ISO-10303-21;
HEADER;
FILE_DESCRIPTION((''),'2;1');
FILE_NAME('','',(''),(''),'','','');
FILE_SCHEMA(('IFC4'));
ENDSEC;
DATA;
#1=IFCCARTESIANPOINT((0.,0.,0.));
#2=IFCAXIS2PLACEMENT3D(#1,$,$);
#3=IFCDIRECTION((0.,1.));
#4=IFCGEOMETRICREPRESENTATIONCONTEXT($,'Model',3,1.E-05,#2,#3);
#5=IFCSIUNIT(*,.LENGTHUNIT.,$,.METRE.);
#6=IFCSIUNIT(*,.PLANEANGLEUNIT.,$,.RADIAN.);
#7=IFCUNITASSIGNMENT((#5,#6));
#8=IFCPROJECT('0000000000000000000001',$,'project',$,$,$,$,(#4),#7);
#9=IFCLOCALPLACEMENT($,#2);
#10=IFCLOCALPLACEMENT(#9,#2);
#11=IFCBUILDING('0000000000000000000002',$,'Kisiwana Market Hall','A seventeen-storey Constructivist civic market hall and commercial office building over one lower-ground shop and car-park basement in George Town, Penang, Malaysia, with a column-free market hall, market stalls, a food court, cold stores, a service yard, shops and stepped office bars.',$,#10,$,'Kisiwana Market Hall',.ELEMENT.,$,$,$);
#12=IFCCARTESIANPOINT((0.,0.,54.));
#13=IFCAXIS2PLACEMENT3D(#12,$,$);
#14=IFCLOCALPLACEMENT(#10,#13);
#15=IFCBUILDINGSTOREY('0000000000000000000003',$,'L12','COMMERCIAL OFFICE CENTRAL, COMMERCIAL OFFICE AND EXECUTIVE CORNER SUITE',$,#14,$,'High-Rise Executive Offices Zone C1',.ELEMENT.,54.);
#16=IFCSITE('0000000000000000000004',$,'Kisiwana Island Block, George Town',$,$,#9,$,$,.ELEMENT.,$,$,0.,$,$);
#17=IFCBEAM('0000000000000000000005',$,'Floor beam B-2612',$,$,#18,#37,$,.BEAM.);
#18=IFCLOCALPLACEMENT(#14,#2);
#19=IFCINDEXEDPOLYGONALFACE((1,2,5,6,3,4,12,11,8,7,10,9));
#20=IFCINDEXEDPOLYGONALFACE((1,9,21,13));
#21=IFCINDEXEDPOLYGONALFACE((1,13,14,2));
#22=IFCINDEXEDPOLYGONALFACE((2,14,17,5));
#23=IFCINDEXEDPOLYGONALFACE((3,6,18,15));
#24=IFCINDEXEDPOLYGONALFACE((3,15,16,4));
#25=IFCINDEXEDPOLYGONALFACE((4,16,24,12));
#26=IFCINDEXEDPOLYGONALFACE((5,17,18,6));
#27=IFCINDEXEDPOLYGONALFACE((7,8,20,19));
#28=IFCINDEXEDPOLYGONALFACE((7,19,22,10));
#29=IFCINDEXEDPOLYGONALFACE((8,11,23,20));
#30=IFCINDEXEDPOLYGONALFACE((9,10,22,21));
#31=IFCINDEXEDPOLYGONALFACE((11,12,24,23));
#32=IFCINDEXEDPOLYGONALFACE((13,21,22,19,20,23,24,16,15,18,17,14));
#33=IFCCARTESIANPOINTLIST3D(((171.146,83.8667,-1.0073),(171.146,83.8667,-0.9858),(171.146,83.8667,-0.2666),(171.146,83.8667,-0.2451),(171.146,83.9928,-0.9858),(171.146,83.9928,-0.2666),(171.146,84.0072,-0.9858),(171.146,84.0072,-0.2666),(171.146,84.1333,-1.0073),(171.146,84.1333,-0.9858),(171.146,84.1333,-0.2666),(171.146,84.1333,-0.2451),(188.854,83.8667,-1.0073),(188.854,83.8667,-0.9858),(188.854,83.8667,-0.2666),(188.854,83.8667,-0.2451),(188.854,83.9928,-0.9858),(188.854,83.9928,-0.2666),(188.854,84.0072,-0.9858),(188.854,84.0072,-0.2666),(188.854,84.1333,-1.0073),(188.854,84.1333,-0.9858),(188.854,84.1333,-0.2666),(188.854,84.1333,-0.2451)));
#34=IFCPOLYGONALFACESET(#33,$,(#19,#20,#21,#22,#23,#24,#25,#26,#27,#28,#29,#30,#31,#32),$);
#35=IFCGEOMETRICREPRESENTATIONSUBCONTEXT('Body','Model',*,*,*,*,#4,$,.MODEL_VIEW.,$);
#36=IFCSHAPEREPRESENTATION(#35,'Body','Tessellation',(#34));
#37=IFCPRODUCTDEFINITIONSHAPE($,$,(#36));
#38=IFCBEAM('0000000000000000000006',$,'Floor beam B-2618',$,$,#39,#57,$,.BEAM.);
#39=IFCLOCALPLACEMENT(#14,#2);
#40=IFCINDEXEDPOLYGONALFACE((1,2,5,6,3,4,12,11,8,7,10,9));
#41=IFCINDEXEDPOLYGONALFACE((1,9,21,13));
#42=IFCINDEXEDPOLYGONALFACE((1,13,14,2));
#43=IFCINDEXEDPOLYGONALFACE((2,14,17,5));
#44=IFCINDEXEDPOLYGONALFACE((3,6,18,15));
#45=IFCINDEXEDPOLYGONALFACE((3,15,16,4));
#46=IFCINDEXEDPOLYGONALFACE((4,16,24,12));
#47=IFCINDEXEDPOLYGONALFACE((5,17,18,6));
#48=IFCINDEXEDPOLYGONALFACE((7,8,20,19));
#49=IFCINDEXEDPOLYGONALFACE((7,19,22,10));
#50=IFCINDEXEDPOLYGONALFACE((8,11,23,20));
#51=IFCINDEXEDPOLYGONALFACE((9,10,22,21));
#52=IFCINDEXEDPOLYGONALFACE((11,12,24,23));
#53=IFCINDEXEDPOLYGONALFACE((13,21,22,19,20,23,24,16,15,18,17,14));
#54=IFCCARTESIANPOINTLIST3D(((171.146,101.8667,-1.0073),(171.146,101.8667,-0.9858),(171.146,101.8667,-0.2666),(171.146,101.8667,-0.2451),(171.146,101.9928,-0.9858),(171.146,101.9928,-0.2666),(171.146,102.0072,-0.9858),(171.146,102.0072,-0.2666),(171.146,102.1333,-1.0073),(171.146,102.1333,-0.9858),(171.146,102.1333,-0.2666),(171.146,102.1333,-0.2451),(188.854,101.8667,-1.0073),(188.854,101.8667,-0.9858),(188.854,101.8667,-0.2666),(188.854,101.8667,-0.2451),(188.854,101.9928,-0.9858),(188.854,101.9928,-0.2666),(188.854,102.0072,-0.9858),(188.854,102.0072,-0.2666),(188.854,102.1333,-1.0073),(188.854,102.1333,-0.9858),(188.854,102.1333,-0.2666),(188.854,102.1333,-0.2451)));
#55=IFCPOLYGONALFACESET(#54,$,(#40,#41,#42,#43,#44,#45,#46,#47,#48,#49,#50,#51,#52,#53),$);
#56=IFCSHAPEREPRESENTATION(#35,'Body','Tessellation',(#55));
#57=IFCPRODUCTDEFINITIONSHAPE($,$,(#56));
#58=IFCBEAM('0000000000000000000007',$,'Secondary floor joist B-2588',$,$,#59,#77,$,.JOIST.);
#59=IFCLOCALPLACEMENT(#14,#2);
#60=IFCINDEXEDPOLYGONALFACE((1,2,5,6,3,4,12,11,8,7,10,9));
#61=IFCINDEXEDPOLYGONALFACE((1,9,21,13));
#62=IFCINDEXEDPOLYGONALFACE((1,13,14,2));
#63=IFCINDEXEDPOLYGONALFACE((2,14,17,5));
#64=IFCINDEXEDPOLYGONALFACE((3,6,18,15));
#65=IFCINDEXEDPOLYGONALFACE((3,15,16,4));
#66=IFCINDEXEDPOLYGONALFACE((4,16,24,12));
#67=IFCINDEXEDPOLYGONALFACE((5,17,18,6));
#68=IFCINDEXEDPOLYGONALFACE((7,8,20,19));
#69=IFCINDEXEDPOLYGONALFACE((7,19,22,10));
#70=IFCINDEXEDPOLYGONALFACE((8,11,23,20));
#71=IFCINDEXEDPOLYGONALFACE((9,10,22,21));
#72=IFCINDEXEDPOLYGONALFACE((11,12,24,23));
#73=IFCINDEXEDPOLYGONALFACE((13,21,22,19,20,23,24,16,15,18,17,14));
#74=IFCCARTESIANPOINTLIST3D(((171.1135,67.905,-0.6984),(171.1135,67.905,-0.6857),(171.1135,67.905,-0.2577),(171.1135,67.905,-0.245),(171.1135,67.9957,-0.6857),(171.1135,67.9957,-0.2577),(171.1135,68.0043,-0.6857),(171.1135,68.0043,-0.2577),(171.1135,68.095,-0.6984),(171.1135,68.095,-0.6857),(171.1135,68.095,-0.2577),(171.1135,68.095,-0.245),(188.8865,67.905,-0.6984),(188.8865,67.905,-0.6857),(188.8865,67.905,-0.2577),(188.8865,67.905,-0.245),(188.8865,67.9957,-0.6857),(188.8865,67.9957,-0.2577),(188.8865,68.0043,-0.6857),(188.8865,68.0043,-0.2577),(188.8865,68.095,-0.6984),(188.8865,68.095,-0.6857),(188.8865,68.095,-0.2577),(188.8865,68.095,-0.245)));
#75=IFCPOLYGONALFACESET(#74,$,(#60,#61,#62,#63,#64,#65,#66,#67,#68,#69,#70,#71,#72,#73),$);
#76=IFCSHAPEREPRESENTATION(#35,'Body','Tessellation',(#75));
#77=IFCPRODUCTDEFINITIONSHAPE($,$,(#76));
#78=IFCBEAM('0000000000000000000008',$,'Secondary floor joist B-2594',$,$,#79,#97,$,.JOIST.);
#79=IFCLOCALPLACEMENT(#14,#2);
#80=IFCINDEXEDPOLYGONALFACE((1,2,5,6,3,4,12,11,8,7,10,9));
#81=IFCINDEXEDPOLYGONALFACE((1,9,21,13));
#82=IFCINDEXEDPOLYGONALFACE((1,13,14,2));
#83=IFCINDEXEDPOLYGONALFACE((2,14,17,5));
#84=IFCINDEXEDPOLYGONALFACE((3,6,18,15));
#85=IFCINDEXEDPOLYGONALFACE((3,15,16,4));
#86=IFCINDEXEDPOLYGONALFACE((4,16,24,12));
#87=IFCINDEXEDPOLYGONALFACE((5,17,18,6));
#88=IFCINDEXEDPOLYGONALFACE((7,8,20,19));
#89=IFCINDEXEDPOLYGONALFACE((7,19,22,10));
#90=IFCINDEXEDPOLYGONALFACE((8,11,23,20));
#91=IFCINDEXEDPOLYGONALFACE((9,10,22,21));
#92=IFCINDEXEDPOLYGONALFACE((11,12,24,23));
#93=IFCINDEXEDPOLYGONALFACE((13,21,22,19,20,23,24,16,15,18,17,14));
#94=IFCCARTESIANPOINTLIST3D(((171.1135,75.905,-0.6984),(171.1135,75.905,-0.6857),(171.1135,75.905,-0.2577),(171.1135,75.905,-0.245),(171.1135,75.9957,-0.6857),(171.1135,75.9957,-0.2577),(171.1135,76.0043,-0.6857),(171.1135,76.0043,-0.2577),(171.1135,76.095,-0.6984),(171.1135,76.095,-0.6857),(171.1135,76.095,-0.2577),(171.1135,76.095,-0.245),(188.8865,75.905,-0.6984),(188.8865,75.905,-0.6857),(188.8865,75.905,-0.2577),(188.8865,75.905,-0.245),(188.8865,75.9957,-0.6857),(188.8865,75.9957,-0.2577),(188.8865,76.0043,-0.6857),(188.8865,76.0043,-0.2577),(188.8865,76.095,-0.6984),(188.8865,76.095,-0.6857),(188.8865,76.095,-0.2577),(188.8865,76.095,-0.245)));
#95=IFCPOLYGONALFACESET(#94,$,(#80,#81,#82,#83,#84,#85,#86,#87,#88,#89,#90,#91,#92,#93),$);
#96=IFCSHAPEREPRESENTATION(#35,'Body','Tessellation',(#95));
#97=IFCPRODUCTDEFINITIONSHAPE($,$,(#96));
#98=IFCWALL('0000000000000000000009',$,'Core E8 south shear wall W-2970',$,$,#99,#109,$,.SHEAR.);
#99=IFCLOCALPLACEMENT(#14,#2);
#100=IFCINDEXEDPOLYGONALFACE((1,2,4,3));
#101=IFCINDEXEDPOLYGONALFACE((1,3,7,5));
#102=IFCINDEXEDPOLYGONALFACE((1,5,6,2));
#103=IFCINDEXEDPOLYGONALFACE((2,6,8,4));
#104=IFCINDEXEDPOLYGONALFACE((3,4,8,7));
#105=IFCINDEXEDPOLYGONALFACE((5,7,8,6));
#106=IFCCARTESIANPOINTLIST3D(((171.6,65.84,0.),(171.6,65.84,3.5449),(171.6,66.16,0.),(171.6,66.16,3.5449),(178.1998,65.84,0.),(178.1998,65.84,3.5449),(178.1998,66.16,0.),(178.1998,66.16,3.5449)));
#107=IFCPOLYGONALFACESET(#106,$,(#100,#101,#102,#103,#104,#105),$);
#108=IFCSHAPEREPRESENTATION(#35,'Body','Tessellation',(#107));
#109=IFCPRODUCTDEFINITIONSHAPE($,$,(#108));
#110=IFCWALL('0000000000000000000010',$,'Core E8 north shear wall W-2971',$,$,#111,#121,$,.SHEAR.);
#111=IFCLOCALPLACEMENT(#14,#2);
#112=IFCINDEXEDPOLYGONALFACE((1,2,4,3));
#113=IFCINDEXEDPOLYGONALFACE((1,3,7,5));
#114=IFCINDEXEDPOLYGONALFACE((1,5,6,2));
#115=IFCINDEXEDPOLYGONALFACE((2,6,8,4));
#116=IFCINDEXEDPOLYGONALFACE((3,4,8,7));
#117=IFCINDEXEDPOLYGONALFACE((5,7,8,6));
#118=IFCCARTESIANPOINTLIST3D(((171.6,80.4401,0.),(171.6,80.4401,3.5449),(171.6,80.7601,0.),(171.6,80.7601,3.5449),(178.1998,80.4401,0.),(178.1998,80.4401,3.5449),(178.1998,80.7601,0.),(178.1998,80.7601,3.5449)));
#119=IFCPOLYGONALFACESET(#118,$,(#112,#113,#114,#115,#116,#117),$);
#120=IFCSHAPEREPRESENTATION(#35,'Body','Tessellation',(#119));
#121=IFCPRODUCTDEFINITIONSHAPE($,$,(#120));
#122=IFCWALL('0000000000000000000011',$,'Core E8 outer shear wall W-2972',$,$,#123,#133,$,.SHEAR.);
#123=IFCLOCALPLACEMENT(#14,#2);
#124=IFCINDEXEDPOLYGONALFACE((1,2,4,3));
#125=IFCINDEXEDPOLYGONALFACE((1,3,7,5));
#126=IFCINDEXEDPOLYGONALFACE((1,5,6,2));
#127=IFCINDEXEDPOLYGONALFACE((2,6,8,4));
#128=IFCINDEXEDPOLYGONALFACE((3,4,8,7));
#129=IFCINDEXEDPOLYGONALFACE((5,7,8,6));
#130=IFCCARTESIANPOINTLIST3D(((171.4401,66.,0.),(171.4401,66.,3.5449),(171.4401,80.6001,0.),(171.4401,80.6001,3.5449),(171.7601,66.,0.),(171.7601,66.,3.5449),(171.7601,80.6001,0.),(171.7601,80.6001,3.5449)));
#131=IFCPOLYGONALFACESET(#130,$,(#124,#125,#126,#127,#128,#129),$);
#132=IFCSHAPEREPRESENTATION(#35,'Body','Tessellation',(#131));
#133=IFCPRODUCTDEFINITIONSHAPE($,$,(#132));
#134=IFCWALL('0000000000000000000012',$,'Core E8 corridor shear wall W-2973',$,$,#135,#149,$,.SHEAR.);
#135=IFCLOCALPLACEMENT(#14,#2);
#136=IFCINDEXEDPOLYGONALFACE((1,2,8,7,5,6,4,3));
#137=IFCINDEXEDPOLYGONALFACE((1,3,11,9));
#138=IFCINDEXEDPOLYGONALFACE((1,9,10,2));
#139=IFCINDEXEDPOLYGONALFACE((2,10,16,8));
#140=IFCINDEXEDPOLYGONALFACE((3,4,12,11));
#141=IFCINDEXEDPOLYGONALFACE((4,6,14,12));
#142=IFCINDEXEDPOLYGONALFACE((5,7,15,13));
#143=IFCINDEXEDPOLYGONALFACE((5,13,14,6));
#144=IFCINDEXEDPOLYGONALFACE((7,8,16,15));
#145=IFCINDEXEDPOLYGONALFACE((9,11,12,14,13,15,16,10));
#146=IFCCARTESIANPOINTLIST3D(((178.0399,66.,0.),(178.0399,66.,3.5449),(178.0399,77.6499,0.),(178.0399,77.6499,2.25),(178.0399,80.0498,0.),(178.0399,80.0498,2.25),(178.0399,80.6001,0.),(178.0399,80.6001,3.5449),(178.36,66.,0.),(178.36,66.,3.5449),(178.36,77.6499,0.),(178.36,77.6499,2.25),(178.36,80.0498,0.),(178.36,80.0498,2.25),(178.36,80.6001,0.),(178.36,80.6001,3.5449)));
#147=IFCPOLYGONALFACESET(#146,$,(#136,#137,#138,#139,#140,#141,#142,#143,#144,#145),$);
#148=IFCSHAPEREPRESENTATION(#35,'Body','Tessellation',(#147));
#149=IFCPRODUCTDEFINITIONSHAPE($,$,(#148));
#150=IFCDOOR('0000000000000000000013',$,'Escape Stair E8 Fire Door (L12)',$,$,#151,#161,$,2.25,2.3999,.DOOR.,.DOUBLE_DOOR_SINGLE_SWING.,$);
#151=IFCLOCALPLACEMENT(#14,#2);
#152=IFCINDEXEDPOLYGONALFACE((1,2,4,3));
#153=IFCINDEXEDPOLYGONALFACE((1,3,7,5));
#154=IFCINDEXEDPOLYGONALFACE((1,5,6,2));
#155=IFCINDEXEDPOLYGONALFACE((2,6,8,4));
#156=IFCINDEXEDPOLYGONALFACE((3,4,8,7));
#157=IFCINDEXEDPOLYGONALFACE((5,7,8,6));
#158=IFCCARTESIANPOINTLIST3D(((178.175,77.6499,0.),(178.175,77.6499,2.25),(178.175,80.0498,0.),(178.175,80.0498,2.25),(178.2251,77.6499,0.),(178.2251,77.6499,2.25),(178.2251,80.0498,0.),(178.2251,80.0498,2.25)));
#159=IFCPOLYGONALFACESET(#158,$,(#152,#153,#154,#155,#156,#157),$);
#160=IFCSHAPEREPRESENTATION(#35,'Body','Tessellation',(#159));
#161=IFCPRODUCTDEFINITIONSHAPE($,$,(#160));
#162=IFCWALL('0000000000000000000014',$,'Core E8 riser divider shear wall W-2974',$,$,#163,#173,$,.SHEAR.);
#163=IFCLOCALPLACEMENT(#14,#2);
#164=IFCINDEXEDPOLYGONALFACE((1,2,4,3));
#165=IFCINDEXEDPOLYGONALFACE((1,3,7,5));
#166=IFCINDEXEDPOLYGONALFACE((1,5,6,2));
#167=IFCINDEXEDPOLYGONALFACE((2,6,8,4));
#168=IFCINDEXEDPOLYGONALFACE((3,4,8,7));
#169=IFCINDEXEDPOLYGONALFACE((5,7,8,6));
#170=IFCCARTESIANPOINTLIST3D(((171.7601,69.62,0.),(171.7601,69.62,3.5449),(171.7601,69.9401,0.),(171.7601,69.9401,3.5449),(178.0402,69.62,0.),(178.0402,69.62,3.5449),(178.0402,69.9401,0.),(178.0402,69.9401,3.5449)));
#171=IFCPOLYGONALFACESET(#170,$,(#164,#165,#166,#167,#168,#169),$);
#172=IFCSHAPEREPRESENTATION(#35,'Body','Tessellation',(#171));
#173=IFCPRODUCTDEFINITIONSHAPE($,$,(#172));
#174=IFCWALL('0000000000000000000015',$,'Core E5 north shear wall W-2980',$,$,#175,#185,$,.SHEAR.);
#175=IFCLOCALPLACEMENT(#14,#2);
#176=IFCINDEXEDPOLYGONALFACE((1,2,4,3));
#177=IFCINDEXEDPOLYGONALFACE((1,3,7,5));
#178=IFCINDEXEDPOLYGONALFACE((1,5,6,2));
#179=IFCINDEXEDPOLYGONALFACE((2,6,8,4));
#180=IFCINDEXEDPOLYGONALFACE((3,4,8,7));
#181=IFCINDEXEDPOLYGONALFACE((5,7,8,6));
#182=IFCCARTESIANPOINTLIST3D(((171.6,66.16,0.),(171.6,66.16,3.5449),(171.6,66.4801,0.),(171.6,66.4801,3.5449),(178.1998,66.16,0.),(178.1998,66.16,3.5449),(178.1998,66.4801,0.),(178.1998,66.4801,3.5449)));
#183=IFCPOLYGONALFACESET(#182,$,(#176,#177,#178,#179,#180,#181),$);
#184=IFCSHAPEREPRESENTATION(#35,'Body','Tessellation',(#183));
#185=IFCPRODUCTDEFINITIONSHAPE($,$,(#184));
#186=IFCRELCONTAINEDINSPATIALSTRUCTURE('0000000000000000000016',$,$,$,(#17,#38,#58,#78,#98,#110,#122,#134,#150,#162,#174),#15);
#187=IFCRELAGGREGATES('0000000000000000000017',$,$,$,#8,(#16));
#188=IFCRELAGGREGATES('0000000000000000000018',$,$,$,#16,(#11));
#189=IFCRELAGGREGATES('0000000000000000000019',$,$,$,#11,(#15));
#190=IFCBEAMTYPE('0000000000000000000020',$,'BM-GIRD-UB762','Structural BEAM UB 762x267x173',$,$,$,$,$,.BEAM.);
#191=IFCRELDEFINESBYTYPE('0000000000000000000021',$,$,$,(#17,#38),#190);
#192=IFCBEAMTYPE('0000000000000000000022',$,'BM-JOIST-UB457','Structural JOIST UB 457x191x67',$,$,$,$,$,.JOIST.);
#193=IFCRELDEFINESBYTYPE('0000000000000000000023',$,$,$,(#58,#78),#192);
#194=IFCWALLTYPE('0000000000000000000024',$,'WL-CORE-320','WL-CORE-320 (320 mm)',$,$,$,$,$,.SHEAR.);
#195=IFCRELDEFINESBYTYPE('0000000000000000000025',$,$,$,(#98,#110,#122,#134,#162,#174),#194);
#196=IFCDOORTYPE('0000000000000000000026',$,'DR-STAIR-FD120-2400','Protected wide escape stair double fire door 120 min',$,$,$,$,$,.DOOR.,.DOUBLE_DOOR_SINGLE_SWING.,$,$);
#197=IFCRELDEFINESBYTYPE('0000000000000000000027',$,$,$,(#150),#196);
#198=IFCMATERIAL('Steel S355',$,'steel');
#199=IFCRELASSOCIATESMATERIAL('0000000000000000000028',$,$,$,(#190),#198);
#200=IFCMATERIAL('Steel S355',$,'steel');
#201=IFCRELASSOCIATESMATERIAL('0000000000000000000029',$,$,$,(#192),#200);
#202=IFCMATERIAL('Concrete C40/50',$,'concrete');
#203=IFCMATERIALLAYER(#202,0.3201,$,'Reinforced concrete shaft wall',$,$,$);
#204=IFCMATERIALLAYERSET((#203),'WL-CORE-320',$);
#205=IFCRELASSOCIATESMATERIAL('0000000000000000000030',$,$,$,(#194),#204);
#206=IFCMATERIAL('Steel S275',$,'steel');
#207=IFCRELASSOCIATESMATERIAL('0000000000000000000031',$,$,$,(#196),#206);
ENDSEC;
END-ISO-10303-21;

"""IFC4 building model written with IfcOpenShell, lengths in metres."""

from ifc_helpers import new_model, si_unit, direction, frame, frame_2d, origin, origin_2d, place, context, subcontext, project, spatial, rectangle, i_section, extrude, material, layer, layer_set, material_profile, profile_set, type_object, element, fill, save


model = new_model("IFC4")

# Units and contexts
model_context = context("Model", 3, precision=1e-05, world=origin(), true_north=direction((0.0, 1.0)))
body_context = subcontext(model_context, "Body", "Model", "MODEL_VIEW")
ifc_project = project(units=[si_unit("LENGTHUNIT", "METRE"), si_unit("PLANEANGLEUNIT", "RADIAN")], contexts=[model_context])

# Site, building, storey
site_placement = place(None, origin())
site = spatial("IfcSite", under=ifc_project, at=site_placement, Name="Kisiwana Island Block, George Town", CompositionType="ELEMENT", RefElevation=0.0)
building_placement = place(site_placement, origin())
building = spatial("IfcBuilding", under=site, at=building_placement, Name="Kisiwana Market Hall", Description="A seventeen-storey Constructivist civic market hall and commercial office building over one lower-ground shop and car-park basement in George Town, Penang, Malaysia, with a column-free market hall, market stalls, a food court, cold stores, a service yard, shops and stepped office bars.", LongName="Kisiwana Market Hall", CompositionType="ELEMENT")
storey_placement = place(building_placement, frame((0.0, 0.0, 54.0)))
storey = spatial("IfcBuildingStorey", under=building, at=storey_placement, Name="L12", Description="COMMERCIAL OFFICE CENTRAL, COMMERCIAL OFFICE AND EXECUTIVE CORNER SUITE", LongName="High-Rise Executive Offices Zone C1", CompositionType="ELEMENT", Elevation=54.0)

# Beams
ifc_material_1 = material(Name="Steel S355", Category="steel")
ifc_material_profile_1 = material_profile(ifc_material_1, i_section(OverallWidth=0.2666, OverallDepth=0.7622, WebThickness=0.0144, FlangeThickness=0.0215, at=origin_2d()), Name="UB 762x267x173")
ifc_profile_set_1 = profile_set([ifc_material_profile_1], Name="Steel S355")
beam_type_1 = type_object("IfcBeamType", Name="BM-GIRD-UB762", Description="Structural BEAM UB 762x267x173", PredefinedType="BEAM", material=ifc_profile_set_1)
for number, where, z_axis, x_axis, name in (
    (1, (171.146, 84.0, -0.6262), (1.0, 0.0, 0.0), (0.0, 1.0, 0.0), "Floor beam B-2612"),
    (2, (171.146, 102.0, -0.6262), (1.0, 0.0, 0.0), (0.0, 1.0, 0.0), "Floor beam B-2618"),
):
    element("IfcBeam", number, at=place(storey_placement, frame(where, z_axis=z_axis, x_axis=x_axis)), inside=storey, type_object=beam_type_1, Name=name, PredefinedType="BEAM", context=body_context, shape_type="SweptSolid", body=[
        extrude(i_section(OverallWidth=0.2666, OverallDepth=0.7622, WebThickness=0.0144, FlangeThickness=0.0215, at=origin_2d()), origin(), (0.0, 0.0, 1.0), 17.708),
    ])
ifc_material_2 = material(Name="Steel S355", Category="steel")
ifc_material_profile_2 = material_profile(ifc_material_2, i_section(OverallWidth=0.1899, OverallDepth=0.4534, WebThickness=0.0085, FlangeThickness=0.0127, at=origin_2d()), Name="UB 457x191x67")
ifc_profile_set_2 = profile_set([ifc_material_profile_2], Name="Steel S355")
beam_type_2 = type_object("IfcBeamType", Name="BM-JOIST-UB457", Description="Structural JOIST UB 457x191x67", PredefinedType="JOIST", material=ifc_profile_set_2)
for number, where, z_axis, x_axis, name in (
    (3, (171.1135, 68.0, -0.4717), (1.0, 0.0, 0.0), (0.0, 1.0, 0.0), "Secondary floor joist B-2588"),
    (4, (171.1135, 76.0, -0.4717), (1.0, 0.0, 0.0), (0.0, 1.0, 0.0), "Secondary floor joist B-2594"),
):
    element("IfcBeam", number, at=place(storey_placement, frame(where, z_axis=z_axis, x_axis=x_axis)), inside=storey, type_object=beam_type_2, Name=name, PredefinedType="JOIST", context=body_context, shape_type="SweptSolid", body=[
        extrude(i_section(OverallWidth=0.1899, OverallDepth=0.4534, WebThickness=0.0085, FlangeThickness=0.0127, at=origin_2d()), origin(), (0.0, 0.0, 1.0), 17.7729),
    ])

# Walls
ifc_material_3 = material(Name="Concrete C40/50", Category="concrete")
ifc_layer_1 = layer(ifc_material_3, 0.3201, Name="Reinforced concrete shaft wall")
ifc_layer_set_1 = layer_set([ifc_layer_1], Name="WL-CORE-320")
wall_type_1 = type_object("IfcWallType", Name="WL-CORE-320", Description="WL-CORE-320 (320 mm)", PredefinedType="SHEAR", material=ifc_layer_set_1)
for number, where, z_axis, x_axis, name in (
    (5, (171.6001, 66.0, 0.0), (0.0, 0.0, 1.0), (1.0, 0.0, 0.0), "Core E8 south shear wall W-2970"),
    (6, (171.6001, 80.6001, 0.0), (0.0, 0.0, 1.0), (1.0, 0.0, 0.0), "Core E8 north shear wall W-2971"),
):
    element("IfcWall", number, at=place(storey_placement, frame(where, z_axis=z_axis, x_axis=x_axis)), inside=storey, type_object=wall_type_1, Name=name, PredefinedType="SHEAR", context=body_context, shape_type="SweptSolid", body=[
        extrude(rectangle(XDim=6.5999, YDim=0.3201, at=frame_2d((3.2998, 0.0))), origin(), (0.0, 0.0, 1.0), 3.5449),
    ])
wall_1_placement = place(storey_placement, frame((171.6001, 66.0, 0.0), z_axis=(0.0, 0.0, 1.0), x_axis=(0.0, 1.0, 0.0)))
element("IfcWall", 7, at=wall_1_placement, inside=storey, type_object=wall_type_1, Name="Core E8 outer shear wall W-2972", PredefinedType="SHEAR", context=body_context, shape_type="SweptSolid", body=[
    extrude(rectangle(XDim=14.6001, YDim=0.3201, at=frame_2d((7.3, 0.0))), origin(), (0.0, 0.0, 1.0), 3.5449),
])

# Wall, opening, door
wall_2_placement = place(storey_placement, frame((178.2, 66.0, 0.0), z_axis=(0.0, 0.0, 1.0), x_axis=(0.0, 1.0, 0.0)))
wall_2 = element("IfcWall", 8, at=wall_2_placement, inside=storey, type_object=wall_type_1, Name="Core E8 corridor shear wall W-2973", PredefinedType="SHEAR", context=body_context, shape_type="SweptSolid", body=[
    extrude(rectangle(XDim=14.6001, YDim=0.3201, at=frame_2d((7.3, 0.0))), origin(), (0.0, 0.0, 1.0), 3.5449),
])
opening_1_placement = place(wall_2_placement, frame((11.6499, 0.0, 0.0)))
opening_1 = element("IfcOpeningElement", 9, at=opening_1_placement, cuts=wall_2, PredefinedType="OPENING", context=body_context, shape_type="SweptSolid", body=[
    extrude(rectangle(XDim=2.3999, YDim=2.25, at=frame_2d((1.2, 1.125))), frame((0.0, 0.1719, 0.0), z_axis=(0.0, -1.0, 0.0), x_axis=(1.0, 0.0, 0.0)), (0.0, 0.0, 1.0), 0.344),
])
ifc_material_4 = material(Name="Steel S275", Category="steel")
door_type_1 = type_object("IfcDoorType", Name="DR-STAIR-FD120-2400", Description="Protected wide escape stair double fire door 120 min", OperationType="DOUBLE_DOOR_SINGLE_SWING", PredefinedType="DOOR", material=ifc_material_4)
door_1_placement = place(opening_1_placement, origin())
door_1 = element("IfcDoor", 10, at=door_1_placement, inside=storey, type_object=door_type_1, Name="Escape Stair E8 Fire Door (L12)", OperationType="DOUBLE_DOOR_SINGLE_SWING", OverallHeight=2.25, OverallWidth=2.3999, PredefinedType="DOOR", context=body_context, shape_type="SweptSolid", body=[
    extrude(rectangle(XDim=2.3999, YDim=2.25, at=frame_2d((1.2, 1.125))), frame((0.0, 0.0249, 0.0), z_axis=(0.0, -1.0, 0.0), x_axis=(1.0, 0.0, 0.0)), (0.0, 0.0, 1.0), 0.05),
])
fill(opening_1, door_1)

# Walls
wall_3_placement = place(storey_placement, frame((171.76, 69.78, 0.0), z_axis=(0.0, 0.0, 1.0), x_axis=(1.0, 0.0, 0.0)))
element("IfcWall", 11, at=wall_3_placement, inside=storey, type_object=wall_type_1, Name="Core E8 riser divider shear wall W-2974", PredefinedType="SHEAR", context=body_context, shape_type="SweptSolid", body=[
    extrude(rectangle(XDim=6.28, YDim=0.3201, at=frame_2d((3.1401, 0.0))), origin(), (0.0, 0.0, 1.0), 3.5449),
])
wall_4_placement = place(storey_placement, frame((171.6001, 66.3201, 0.0), z_axis=(0.0, 0.0, 1.0), x_axis=(1.0, 0.0, 0.0)))
element("IfcWall", 12, at=wall_4_placement, inside=storey, type_object=wall_type_1, Name="Core E5 north shear wall W-2980", PredefinedType="SHEAR", context=body_context, shape_type="SweptSolid", body=[
    extrude(rectangle(XDim=6.5999, YDim=0.3201, at=frame_2d((3.2998, 0.0))), origin(), (0.0, 0.0, 1.0), 3.5449),
])

save(model, "model.ifc")
